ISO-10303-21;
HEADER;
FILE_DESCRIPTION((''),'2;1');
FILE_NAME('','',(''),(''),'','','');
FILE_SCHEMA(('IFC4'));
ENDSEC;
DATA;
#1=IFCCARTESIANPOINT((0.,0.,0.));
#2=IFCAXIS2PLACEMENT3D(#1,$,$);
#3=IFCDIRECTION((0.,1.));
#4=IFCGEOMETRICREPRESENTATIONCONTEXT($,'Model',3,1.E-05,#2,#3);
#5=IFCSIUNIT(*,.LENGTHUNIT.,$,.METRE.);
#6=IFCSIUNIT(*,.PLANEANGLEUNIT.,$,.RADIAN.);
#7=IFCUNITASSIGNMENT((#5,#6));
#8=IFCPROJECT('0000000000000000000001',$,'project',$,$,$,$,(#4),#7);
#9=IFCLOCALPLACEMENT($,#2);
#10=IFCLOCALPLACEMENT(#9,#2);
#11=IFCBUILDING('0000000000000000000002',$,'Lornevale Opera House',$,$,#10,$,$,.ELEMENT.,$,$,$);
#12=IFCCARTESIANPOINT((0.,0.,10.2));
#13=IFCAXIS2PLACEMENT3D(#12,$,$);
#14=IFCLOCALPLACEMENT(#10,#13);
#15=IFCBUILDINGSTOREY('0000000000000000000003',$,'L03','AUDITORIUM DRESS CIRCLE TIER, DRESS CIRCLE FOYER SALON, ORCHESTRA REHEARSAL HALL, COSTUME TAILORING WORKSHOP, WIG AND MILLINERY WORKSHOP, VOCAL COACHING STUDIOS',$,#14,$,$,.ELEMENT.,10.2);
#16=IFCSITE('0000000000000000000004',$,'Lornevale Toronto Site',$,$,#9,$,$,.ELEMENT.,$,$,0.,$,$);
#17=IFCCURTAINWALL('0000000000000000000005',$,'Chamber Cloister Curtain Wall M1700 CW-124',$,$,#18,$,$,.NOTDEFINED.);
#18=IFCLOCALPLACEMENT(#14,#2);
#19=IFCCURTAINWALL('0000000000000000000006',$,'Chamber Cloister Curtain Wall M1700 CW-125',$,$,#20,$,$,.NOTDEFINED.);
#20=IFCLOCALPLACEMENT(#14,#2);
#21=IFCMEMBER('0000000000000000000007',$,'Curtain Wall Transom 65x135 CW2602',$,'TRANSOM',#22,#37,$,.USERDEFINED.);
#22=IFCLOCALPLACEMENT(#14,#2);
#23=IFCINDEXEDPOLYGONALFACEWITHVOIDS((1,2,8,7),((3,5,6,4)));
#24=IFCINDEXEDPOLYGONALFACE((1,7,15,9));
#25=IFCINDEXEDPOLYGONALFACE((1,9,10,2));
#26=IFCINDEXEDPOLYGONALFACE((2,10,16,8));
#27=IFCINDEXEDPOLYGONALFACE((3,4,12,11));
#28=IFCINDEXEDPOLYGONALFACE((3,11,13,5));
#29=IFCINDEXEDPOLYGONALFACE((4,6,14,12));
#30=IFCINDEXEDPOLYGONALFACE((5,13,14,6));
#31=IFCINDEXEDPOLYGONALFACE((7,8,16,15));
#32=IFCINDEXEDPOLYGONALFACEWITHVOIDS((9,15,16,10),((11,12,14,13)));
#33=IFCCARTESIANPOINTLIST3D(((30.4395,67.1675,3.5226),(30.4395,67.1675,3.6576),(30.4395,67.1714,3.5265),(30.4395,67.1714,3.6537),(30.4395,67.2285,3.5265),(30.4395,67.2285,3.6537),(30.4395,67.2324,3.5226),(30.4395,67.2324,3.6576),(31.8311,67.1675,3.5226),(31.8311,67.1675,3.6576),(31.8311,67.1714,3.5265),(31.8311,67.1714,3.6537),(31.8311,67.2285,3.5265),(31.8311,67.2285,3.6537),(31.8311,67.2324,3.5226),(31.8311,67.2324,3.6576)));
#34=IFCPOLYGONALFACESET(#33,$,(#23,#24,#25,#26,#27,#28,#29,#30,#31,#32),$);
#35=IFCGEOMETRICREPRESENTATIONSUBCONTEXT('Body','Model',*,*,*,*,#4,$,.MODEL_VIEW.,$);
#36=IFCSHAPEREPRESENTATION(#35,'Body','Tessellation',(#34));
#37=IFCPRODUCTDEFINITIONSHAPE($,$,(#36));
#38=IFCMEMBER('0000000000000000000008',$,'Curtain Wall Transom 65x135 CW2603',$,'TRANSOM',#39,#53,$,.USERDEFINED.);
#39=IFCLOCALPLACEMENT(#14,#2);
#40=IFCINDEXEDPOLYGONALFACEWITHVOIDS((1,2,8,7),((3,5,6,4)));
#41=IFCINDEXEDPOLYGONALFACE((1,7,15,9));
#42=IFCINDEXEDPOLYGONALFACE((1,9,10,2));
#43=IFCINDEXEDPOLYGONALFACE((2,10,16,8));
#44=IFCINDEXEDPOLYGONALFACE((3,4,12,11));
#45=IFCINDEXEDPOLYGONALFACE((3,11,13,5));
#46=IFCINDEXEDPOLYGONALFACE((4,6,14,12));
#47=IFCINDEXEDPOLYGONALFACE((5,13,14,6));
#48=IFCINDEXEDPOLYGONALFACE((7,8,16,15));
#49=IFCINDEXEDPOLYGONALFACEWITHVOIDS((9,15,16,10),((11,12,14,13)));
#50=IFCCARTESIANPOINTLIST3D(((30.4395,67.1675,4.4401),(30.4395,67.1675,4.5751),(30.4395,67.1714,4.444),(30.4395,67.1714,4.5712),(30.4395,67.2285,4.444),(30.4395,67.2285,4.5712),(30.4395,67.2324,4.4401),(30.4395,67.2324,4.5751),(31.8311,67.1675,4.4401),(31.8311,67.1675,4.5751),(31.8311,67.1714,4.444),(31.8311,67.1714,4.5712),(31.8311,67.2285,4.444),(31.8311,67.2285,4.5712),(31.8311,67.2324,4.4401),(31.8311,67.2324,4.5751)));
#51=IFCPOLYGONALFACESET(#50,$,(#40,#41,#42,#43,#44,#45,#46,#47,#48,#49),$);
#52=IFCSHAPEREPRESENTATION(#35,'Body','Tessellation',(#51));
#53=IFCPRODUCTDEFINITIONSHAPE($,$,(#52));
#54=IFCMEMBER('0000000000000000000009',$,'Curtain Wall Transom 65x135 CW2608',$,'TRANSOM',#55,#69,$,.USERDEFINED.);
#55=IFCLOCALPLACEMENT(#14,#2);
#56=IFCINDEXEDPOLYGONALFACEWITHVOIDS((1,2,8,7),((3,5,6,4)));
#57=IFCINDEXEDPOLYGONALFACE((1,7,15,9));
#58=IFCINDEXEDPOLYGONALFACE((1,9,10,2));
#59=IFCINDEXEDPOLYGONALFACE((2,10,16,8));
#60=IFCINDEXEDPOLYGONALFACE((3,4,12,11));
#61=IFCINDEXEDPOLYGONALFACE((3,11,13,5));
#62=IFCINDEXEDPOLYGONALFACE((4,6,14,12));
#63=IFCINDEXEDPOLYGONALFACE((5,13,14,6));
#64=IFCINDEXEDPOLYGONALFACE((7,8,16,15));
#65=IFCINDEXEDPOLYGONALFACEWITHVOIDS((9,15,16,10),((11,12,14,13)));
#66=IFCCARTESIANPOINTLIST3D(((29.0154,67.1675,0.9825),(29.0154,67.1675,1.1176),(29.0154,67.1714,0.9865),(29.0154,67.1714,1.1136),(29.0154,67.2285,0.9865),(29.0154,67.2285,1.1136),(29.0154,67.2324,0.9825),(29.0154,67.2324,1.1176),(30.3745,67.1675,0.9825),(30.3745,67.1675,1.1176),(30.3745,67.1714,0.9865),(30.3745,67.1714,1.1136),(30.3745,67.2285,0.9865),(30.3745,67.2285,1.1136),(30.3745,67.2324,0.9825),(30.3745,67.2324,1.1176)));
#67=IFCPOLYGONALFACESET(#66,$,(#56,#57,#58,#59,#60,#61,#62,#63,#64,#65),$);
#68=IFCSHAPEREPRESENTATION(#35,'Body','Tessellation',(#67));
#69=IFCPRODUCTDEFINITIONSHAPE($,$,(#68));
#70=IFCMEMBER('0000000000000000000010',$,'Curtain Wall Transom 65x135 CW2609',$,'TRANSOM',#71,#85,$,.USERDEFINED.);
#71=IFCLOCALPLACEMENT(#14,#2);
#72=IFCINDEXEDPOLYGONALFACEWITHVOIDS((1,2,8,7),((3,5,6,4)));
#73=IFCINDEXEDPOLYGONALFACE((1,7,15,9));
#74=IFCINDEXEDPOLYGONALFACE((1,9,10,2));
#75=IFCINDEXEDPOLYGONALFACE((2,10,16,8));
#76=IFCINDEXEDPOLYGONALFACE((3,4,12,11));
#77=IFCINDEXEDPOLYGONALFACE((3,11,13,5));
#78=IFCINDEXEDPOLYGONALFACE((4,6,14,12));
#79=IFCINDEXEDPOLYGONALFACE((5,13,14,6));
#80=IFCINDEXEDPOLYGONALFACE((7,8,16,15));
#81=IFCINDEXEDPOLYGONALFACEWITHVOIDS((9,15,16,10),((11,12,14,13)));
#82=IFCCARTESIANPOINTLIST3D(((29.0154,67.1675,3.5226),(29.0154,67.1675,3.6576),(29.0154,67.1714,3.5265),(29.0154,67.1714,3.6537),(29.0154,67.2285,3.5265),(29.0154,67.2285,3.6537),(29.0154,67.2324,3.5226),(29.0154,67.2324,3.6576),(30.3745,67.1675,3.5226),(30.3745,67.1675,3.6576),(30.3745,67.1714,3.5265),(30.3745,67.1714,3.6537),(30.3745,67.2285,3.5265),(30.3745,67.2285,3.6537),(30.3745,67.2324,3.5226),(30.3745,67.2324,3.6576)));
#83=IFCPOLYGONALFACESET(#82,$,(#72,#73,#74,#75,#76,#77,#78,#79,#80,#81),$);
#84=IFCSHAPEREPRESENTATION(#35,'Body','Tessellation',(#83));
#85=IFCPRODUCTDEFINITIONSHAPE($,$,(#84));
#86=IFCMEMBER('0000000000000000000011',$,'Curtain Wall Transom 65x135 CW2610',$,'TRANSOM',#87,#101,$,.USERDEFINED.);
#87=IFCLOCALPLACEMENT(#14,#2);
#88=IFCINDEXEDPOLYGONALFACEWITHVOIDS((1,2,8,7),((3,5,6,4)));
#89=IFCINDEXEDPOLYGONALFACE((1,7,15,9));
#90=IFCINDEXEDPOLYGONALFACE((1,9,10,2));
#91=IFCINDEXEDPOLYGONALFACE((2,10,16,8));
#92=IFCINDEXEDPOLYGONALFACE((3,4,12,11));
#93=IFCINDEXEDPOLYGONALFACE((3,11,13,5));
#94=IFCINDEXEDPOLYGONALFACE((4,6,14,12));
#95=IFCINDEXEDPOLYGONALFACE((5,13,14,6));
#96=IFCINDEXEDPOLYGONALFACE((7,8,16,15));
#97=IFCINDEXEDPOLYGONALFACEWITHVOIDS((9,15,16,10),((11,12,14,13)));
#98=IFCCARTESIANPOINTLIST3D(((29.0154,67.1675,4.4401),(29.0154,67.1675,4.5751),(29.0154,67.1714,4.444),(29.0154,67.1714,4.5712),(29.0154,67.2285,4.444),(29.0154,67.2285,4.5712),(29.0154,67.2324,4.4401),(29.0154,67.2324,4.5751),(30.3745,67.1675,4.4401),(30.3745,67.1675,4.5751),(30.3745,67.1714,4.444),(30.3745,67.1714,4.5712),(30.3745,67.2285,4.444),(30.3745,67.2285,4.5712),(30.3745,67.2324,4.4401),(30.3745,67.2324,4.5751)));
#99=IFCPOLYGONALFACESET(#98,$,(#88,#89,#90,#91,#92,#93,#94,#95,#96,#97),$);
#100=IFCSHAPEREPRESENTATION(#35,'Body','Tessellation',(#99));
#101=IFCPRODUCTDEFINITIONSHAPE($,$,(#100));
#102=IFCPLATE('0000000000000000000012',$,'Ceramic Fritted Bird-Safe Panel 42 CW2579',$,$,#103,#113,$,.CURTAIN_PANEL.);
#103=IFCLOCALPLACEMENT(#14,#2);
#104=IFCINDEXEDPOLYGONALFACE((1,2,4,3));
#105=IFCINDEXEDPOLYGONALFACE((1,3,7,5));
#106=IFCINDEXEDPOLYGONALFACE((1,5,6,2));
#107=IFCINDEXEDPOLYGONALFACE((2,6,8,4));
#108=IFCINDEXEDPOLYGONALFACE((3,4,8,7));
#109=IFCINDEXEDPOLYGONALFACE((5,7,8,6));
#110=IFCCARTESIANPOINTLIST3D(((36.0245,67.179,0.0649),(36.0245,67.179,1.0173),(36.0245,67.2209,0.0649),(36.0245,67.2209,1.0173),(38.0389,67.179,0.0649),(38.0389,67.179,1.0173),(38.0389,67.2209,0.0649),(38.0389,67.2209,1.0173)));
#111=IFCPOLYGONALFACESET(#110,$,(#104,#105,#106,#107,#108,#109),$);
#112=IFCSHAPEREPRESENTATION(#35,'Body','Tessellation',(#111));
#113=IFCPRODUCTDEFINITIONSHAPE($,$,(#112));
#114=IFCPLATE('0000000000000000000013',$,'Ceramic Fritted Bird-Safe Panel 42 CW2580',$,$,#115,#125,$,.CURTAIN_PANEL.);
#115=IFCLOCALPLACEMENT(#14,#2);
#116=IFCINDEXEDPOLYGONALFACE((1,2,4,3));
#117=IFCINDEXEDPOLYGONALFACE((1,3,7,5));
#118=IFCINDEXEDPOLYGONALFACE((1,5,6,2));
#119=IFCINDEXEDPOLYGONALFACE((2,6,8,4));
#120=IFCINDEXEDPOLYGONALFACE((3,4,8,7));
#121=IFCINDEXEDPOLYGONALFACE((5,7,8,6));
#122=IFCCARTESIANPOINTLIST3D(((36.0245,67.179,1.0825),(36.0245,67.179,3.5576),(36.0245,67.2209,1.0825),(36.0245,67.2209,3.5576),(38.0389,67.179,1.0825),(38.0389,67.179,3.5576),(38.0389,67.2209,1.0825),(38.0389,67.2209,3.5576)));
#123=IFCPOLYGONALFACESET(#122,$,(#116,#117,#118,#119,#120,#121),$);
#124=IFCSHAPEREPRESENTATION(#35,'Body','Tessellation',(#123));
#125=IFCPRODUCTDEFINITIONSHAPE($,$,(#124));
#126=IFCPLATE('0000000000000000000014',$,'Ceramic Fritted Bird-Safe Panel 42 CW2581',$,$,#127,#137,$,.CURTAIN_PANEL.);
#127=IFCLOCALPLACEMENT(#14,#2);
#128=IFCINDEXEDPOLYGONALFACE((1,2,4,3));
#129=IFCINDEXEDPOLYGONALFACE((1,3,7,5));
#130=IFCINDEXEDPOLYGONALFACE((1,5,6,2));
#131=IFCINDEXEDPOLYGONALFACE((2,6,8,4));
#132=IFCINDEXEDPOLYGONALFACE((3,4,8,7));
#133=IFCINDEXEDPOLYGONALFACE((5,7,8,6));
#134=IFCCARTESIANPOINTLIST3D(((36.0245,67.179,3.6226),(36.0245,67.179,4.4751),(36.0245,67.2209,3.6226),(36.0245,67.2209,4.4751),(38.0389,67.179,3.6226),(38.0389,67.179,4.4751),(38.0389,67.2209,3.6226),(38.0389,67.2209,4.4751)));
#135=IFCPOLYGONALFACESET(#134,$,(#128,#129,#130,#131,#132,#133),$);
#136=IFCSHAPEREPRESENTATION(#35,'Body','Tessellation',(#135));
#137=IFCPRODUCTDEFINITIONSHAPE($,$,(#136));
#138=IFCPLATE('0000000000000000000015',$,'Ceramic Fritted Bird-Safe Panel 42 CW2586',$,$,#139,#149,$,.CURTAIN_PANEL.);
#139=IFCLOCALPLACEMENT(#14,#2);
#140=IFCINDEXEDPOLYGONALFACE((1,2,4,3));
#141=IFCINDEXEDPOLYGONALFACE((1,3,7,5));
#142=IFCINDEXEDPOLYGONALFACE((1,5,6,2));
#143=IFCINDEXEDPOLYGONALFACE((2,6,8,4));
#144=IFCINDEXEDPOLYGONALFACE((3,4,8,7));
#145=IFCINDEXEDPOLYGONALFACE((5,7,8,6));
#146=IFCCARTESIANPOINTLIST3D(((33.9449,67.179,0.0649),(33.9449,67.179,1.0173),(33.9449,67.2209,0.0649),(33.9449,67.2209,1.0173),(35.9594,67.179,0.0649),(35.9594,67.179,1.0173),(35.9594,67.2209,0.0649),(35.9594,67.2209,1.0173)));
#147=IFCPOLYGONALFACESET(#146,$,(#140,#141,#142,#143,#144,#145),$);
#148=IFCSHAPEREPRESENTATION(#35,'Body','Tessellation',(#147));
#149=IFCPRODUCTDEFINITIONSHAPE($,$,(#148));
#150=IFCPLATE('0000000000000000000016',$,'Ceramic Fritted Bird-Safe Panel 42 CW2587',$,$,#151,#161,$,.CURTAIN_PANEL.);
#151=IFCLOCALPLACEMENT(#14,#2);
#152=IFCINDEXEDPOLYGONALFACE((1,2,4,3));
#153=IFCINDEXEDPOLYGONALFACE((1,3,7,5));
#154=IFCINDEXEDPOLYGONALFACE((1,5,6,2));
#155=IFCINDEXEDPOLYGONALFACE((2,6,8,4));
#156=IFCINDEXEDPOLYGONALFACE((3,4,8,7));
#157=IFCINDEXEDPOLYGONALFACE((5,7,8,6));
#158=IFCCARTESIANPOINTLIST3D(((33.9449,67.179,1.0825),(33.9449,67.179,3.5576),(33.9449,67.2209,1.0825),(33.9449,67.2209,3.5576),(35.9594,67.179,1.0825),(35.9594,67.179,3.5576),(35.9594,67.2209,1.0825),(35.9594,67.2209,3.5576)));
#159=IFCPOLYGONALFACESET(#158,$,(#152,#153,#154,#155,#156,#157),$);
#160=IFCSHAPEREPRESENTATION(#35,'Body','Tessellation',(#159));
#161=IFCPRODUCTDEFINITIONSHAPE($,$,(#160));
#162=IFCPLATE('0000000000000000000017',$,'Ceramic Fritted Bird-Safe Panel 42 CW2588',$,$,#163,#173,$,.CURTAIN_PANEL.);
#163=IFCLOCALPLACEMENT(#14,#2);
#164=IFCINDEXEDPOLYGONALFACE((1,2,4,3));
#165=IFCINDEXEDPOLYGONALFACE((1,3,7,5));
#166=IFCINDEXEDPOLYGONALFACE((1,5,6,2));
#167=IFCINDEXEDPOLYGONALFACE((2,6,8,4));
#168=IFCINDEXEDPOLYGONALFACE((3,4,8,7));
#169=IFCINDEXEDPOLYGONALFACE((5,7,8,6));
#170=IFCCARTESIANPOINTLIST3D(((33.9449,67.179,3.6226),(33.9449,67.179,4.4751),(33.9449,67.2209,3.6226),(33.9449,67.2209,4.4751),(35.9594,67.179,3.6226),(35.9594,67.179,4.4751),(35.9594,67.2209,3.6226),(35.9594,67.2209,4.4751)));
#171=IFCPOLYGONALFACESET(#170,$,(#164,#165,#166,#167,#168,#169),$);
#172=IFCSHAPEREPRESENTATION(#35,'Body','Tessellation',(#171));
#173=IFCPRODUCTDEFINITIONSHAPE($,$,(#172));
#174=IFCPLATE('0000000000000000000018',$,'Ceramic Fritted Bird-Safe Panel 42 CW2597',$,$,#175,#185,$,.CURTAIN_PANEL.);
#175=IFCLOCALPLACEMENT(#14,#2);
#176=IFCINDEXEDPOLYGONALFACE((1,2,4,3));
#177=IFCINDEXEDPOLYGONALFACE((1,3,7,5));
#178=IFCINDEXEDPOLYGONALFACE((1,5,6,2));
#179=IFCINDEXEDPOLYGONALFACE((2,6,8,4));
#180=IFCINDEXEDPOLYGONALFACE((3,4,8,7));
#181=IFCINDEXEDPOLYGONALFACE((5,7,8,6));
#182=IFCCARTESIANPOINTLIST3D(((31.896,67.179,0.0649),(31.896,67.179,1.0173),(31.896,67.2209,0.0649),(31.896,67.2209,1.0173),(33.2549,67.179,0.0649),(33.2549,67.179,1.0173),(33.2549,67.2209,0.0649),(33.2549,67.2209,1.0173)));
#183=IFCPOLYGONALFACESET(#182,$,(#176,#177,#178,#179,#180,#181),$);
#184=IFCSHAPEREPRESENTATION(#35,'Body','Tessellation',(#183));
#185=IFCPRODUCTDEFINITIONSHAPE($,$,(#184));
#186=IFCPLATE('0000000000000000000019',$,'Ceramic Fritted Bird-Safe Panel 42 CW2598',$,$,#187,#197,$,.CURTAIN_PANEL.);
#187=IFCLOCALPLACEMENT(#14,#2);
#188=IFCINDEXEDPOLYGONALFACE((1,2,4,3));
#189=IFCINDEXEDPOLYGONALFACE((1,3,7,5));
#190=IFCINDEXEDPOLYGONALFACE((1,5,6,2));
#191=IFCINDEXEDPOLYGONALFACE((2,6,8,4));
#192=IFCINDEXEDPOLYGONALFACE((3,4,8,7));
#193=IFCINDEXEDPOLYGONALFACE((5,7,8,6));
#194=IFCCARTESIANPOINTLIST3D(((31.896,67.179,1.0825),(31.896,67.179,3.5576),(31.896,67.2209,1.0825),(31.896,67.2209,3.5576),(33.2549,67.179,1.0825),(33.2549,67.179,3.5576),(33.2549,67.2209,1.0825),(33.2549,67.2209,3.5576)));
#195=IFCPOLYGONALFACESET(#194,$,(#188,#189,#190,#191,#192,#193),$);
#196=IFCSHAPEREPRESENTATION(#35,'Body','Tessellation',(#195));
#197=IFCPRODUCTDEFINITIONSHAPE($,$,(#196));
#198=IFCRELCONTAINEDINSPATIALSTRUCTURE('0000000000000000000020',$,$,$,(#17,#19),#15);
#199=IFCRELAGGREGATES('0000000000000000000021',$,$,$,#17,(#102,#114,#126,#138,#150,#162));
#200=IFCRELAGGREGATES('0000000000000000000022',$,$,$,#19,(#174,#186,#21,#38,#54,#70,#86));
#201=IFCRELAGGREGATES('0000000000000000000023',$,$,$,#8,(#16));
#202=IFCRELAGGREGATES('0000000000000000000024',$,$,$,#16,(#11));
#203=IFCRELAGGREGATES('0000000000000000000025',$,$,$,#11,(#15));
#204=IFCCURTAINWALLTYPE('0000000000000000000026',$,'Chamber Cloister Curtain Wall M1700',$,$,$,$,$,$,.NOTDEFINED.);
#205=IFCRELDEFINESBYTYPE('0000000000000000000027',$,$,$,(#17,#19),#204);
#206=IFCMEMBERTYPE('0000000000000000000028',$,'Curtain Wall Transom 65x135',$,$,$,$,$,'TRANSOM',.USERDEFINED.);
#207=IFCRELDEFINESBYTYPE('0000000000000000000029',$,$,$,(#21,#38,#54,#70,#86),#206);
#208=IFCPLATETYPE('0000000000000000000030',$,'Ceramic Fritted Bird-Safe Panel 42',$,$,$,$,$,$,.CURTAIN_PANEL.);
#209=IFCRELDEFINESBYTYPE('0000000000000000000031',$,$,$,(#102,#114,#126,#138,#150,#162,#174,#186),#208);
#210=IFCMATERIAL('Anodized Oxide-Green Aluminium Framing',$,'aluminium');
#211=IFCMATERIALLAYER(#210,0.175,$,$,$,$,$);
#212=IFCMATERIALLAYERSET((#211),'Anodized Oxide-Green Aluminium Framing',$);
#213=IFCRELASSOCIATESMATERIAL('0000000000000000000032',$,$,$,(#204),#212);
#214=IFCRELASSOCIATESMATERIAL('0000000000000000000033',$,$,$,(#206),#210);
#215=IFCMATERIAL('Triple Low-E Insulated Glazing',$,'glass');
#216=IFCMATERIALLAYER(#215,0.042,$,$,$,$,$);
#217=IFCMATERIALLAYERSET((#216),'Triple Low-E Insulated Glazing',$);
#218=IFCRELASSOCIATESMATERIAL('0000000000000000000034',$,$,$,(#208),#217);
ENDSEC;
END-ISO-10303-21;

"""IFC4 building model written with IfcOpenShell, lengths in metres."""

from ifc_helpers import new_model, si_unit, direction, frame, origin, origin_2d, place, context, subcontext, project, spatial, rectangle, hollow_rectangle, extrude, material, layer, layer_set, material_profile, profile_set, type_object, element, aggregate, save


model = new_model("IFC4")

# Units and contexts
model_context = context("Model", 3, precision=1e-05, world=origin(), true_north=direction((0.0, 1.0)))
body_context = subcontext(model_context, "Body", "Model", "MODEL_VIEW")
ifc_project = project(units=[si_unit("LENGTHUNIT", "METRE"), si_unit("PLANEANGLEUNIT", "RADIAN")], contexts=[model_context])

# Site, building, storey
site_placement = place(None, origin())
site = spatial("IfcSite", under=ifc_project, at=site_placement, Name="Lornevale Toronto Site", CompositionType="ELEMENT", RefElevation=0.0)
building_placement = place(site_placement, origin())
building = spatial("IfcBuilding", under=site, at=building_placement, Name="Lornevale Opera House", CompositionType="ELEMENT")
storey_placement = place(building_placement, frame((0.0, 0.0, 10.2)))
storey = spatial("IfcBuildingStorey", under=building, at=storey_placement, Name="L03", Description="AUDITORIUM DRESS CIRCLE TIER, DRESS CIRCLE FOYER SALON, ORCHESTRA REHEARSAL HALL, COSTUME TAILORING WORKSHOP, WIG AND MILLINERY WORKSHOP, VOCAL COACHING STUDIOS", CompositionType="ELEMENT", Elevation=10.2)

# Curtain walls
ifc_material_1 = material(Name="Anodized Oxide-Green Aluminium Framing", Category="aluminium")
ifc_layer_1 = layer(ifc_material_1, 0.175)
ifc_layer_set_1 = layer_set([ifc_layer_1], Name="Anodized Oxide-Green Aluminium Framing")
curtain_wall_type = type_object("IfcCurtainWallType", Name="Chamber Cloister Curtain Wall M1700", PredefinedType="NOTDEFINED", material=ifc_layer_set_1)
curtain_wall_1_placement = place(storey_placement, origin())
curtain_wall_1 = element("IfcCurtainWall", 1, at=curtain_wall_1_placement, inside=storey, type_object=curtain_wall_type, Name="Chamber Cloister Curtain Wall M1700 CW-124", PredefinedType="NOTDEFINED")
curtain_wall_2_placement = place(storey_placement, origin())
curtain_wall_2 = element("IfcCurtainWall", 2, at=curtain_wall_2_placement, inside=storey, type_object=curtain_wall_type, Name="Chamber Cloister Curtain Wall M1700 CW-125", PredefinedType="NOTDEFINED")

# Members
ifc_material_profile_1 = material_profile(ifc_material_1, hollow_rectangle(XDim=0.0649, YDim=0.135, WallThickness=0.0039, at=origin_2d()), Name="ALU65x135x4")
ifc_profile_set_1 = profile_set([ifc_material_profile_1], Name="Anodized Oxide-Green Aluminium Framing")
member_type_1 = type_object("IfcMemberType", Name="Curtain Wall Transom 65x135", ElementType="TRANSOM", PredefinedType="USERDEFINED", material=ifc_profile_set_1)
member_1_placement = place(storey_placement, frame((31.8311, 67.2, 3.5901), z_axis=(-1.0, 0.0, 0.0), x_axis=(0.0, -1.0, 0.0)))
member_1 = element("IfcMember", 3, at=member_1_placement, type_object=member_type_1, Name="Curtain Wall Transom 65x135 CW2602", ObjectType="TRANSOM", PredefinedType="USERDEFINED", context=body_context, shape_type="SweptSolid", body=[
    extrude(hollow_rectangle(XDim=0.0649, YDim=0.135, WallThickness=0.0039, at=origin_2d()), origin(), (0.0, 0.0, 1.0), 1.3916),
])
member_2_placement = place(storey_placement, frame((31.8311, 67.2, 4.5076), z_axis=(-1.0, 0.0, 0.0), x_axis=(0.0, -1.0, 0.0)))
member_2 = element("IfcMember", 4, at=member_2_placement, type_object=member_type_1, Name="Curtain Wall Transom 65x135 CW2603", ObjectType="TRANSOM", PredefinedType="USERDEFINED", context=body_context, shape_type="SweptSolid", body=[
    extrude(hollow_rectangle(XDim=0.0649, YDim=0.135, WallThickness=0.0039, at=origin_2d()), origin(), (0.0, 0.0, 1.0), 1.3916),
])
member_3_placement = place(storey_placement, frame((30.3745, 67.2, 1.05), z_axis=(-1.0, 0.0, 0.0), x_axis=(0.0, -1.0, 0.0)))
member_3 = element("IfcMember", 5, at=member_3_placement, type_object=member_type_1, Name="Curtain Wall Transom 65x135 CW2608", ObjectType="TRANSOM", PredefinedType="USERDEFINED", context=body_context, shape_type="SweptSolid", body=[
    extrude(hollow_rectangle(XDim=0.0649, YDim=0.135, WallThickness=0.0039, at=origin_2d()), origin(), (0.0, 0.0, 1.0), 1.3591),
])
member_4_placement = place(storey_placement, frame((30.3745, 67.2, 3.5901), z_axis=(-1.0, 0.0, 0.0), x_axis=(0.0, -1.0, 0.0)))
member_4 = element("IfcMember", 6, at=member_4_placement, type_object=member_type_1, Name="Curtain Wall Transom 65x135 CW2609", ObjectType="TRANSOM", PredefinedType="USERDEFINED", context=body_context, shape_type="SweptSolid", body=[
    extrude(hollow_rectangle(XDim=0.0649, YDim=0.135, WallThickness=0.0039, at=origin_2d()), origin(), (0.0, 0.0, 1.0), 1.3591),
])
member_5_placement = place(storey_placement, frame((30.3745, 67.2, 4.5076), z_axis=(-1.0, 0.0, 0.0), x_axis=(0.0, -1.0, 0.0)))
member_5 = element("IfcMember", 7, at=member_5_placement, type_object=member_type_1, Name="Curtain Wall Transom 65x135 CW2610", ObjectType="TRANSOM", PredefinedType="USERDEFINED", context=body_context, shape_type="SweptSolid", body=[
    extrude(hollow_rectangle(XDim=0.0649, YDim=0.135, WallThickness=0.0039, at=origin_2d()), origin(), (0.0, 0.0, 1.0), 1.3591),
])

# Plates
ifc_material_2 = material(Name="Triple Low-E Insulated Glazing", Category="glass")
ifc_layer_2 = layer(ifc_material_2, 0.042)
ifc_layer_set_2 = layer_set([ifc_layer_2], Name="Triple Low-E Insulated Glazing")
plate_type = type_object("IfcPlateType", Name="Ceramic Fritted Bird-Safe Panel 42", PredefinedType="CURTAIN_PANEL", material=ifc_layer_set_2)
plate_1_placement = place(storey_placement, frame((37.0317, 67.2, 0.0649), z_axis=(0.0, 0.0, 1.0), x_axis=(-1.0, 0.0, 0.0)))
plate_1 = element("IfcPlate", 8, at=plate_1_placement, type_object=plate_type, Name="Ceramic Fritted Bird-Safe Panel 42 CW2579", PredefinedType="CURTAIN_PANEL", context=body_context, shape_type="SweptSolid", body=[
    extrude(rectangle(XDim=2.0144, YDim=0.042, at=origin_2d()), origin(), (0.0, 0.0, 1.0), 0.9524),
])
plate_2_placement = place(storey_placement, frame((37.0317, 67.2, 1.0825), z_axis=(0.0, 0.0, 1.0), x_axis=(-1.0, 0.0, 0.0)))
plate_2 = element("IfcPlate", 9, at=plate_2_placement, type_object=plate_type, Name="Ceramic Fritted Bird-Safe Panel 42 CW2580", PredefinedType="CURTAIN_PANEL", context=body_context, shape_type="SweptSolid", body=[
    extrude(rectangle(XDim=2.0144, YDim=0.042, at=origin_2d()), origin(), (0.0, 0.0, 1.0), 2.4751),
])
plate_3_placement = place(storey_placement, frame((37.0317, 67.2, 3.6226), z_axis=(0.0, 0.0, 1.0), x_axis=(-1.0, 0.0, 0.0)))
plate_3 = element("IfcPlate", 10, at=plate_3_placement, type_object=plate_type, Name="Ceramic Fritted Bird-Safe Panel 42 CW2581", PredefinedType="CURTAIN_PANEL", context=body_context, shape_type="SweptSolid", body=[
    extrude(rectangle(XDim=2.0144, YDim=0.042, at=origin_2d()), origin(), (0.0, 0.0, 1.0), 0.8525),
])
plate_4_placement = place(storey_placement, frame((34.9521, 67.2, 0.0649), z_axis=(0.0, 0.0, 1.0), x_axis=(-1.0, 0.0, 0.0)))
plate_4 = element("IfcPlate", 11, at=plate_4_placement, type_object=plate_type, Name="Ceramic Fritted Bird-Safe Panel 42 CW2586", PredefinedType="CURTAIN_PANEL", context=body_context, shape_type="SweptSolid", body=[
    extrude(rectangle(XDim=2.0144, YDim=0.042, at=origin_2d()), origin(), (0.0, 0.0, 1.0), 0.9524),
])
plate_5_placement = place(storey_placement, frame((34.9521, 67.2, 1.0825), z_axis=(0.0, 0.0, 1.0), x_axis=(-1.0, 0.0, 0.0)))
plate_5 = element("IfcPlate", 12, at=plate_5_placement, type_object=plate_type, Name="Ceramic Fritted Bird-Safe Panel 42 CW2587", PredefinedType="CURTAIN_PANEL", context=body_context, shape_type="SweptSolid", body=[
    extrude(rectangle(XDim=2.0144, YDim=0.042, at=origin_2d()), origin(), (0.0, 0.0, 1.0), 2.4751),
])
plate_6_placement = place(storey_placement, frame((34.9521, 67.2, 3.6226), z_axis=(0.0, 0.0, 1.0), x_axis=(-1.0, 0.0, 0.0)))
plate_6 = element("IfcPlate", 13, at=plate_6_placement, type_object=plate_type, Name="Ceramic Fritted Bird-Safe Panel 42 CW2588", PredefinedType="CURTAIN_PANEL", context=body_context, shape_type="SweptSolid", body=[
    extrude(rectangle(XDim=2.0144, YDim=0.042, at=origin_2d()), origin(), (0.0, 0.0, 1.0), 0.8525),
])
aggregate(curtain_wall_1, [plate_1, plate_2, plate_3, plate_4, plate_5, plate_6])
plate_7_placement = place(storey_placement, frame((32.5754, 67.2, 0.0649), z_axis=(0.0, 0.0, 1.0), x_axis=(-1.0, 0.0, 0.0)))
plate_7 = element("IfcPlate", 14, at=plate_7_placement, type_object=plate_type, Name="Ceramic Fritted Bird-Safe Panel 42 CW2597", PredefinedType="CURTAIN_PANEL", context=body_context, shape_type="SweptSolid", body=[
    extrude(rectangle(XDim=1.3589, YDim=0.042, at=origin_2d()), origin(), (0.0, 0.0, 1.0), 0.9524),
])
plate_8_placement = place(storey_placement, frame((32.5754, 67.2, 1.0825), z_axis=(0.0, 0.0, 1.0), x_axis=(-1.0, 0.0, 0.0)))
plate_8 = element("IfcPlate", 15, at=plate_8_placement, type_object=plate_type, Name="Ceramic Fritted Bird-Safe Panel 42 CW2598", PredefinedType="CURTAIN_PANEL", context=body_context, shape_type="SweptSolid", body=[
    extrude(rectangle(XDim=1.3589, YDim=0.042, at=origin_2d()), origin(), (0.0, 0.0, 1.0), 2.4751),
])
aggregate(curtain_wall_2, [plate_7, plate_8, member_1, member_2, member_3, member_4, member_5])

save(model, "model.ifc")
